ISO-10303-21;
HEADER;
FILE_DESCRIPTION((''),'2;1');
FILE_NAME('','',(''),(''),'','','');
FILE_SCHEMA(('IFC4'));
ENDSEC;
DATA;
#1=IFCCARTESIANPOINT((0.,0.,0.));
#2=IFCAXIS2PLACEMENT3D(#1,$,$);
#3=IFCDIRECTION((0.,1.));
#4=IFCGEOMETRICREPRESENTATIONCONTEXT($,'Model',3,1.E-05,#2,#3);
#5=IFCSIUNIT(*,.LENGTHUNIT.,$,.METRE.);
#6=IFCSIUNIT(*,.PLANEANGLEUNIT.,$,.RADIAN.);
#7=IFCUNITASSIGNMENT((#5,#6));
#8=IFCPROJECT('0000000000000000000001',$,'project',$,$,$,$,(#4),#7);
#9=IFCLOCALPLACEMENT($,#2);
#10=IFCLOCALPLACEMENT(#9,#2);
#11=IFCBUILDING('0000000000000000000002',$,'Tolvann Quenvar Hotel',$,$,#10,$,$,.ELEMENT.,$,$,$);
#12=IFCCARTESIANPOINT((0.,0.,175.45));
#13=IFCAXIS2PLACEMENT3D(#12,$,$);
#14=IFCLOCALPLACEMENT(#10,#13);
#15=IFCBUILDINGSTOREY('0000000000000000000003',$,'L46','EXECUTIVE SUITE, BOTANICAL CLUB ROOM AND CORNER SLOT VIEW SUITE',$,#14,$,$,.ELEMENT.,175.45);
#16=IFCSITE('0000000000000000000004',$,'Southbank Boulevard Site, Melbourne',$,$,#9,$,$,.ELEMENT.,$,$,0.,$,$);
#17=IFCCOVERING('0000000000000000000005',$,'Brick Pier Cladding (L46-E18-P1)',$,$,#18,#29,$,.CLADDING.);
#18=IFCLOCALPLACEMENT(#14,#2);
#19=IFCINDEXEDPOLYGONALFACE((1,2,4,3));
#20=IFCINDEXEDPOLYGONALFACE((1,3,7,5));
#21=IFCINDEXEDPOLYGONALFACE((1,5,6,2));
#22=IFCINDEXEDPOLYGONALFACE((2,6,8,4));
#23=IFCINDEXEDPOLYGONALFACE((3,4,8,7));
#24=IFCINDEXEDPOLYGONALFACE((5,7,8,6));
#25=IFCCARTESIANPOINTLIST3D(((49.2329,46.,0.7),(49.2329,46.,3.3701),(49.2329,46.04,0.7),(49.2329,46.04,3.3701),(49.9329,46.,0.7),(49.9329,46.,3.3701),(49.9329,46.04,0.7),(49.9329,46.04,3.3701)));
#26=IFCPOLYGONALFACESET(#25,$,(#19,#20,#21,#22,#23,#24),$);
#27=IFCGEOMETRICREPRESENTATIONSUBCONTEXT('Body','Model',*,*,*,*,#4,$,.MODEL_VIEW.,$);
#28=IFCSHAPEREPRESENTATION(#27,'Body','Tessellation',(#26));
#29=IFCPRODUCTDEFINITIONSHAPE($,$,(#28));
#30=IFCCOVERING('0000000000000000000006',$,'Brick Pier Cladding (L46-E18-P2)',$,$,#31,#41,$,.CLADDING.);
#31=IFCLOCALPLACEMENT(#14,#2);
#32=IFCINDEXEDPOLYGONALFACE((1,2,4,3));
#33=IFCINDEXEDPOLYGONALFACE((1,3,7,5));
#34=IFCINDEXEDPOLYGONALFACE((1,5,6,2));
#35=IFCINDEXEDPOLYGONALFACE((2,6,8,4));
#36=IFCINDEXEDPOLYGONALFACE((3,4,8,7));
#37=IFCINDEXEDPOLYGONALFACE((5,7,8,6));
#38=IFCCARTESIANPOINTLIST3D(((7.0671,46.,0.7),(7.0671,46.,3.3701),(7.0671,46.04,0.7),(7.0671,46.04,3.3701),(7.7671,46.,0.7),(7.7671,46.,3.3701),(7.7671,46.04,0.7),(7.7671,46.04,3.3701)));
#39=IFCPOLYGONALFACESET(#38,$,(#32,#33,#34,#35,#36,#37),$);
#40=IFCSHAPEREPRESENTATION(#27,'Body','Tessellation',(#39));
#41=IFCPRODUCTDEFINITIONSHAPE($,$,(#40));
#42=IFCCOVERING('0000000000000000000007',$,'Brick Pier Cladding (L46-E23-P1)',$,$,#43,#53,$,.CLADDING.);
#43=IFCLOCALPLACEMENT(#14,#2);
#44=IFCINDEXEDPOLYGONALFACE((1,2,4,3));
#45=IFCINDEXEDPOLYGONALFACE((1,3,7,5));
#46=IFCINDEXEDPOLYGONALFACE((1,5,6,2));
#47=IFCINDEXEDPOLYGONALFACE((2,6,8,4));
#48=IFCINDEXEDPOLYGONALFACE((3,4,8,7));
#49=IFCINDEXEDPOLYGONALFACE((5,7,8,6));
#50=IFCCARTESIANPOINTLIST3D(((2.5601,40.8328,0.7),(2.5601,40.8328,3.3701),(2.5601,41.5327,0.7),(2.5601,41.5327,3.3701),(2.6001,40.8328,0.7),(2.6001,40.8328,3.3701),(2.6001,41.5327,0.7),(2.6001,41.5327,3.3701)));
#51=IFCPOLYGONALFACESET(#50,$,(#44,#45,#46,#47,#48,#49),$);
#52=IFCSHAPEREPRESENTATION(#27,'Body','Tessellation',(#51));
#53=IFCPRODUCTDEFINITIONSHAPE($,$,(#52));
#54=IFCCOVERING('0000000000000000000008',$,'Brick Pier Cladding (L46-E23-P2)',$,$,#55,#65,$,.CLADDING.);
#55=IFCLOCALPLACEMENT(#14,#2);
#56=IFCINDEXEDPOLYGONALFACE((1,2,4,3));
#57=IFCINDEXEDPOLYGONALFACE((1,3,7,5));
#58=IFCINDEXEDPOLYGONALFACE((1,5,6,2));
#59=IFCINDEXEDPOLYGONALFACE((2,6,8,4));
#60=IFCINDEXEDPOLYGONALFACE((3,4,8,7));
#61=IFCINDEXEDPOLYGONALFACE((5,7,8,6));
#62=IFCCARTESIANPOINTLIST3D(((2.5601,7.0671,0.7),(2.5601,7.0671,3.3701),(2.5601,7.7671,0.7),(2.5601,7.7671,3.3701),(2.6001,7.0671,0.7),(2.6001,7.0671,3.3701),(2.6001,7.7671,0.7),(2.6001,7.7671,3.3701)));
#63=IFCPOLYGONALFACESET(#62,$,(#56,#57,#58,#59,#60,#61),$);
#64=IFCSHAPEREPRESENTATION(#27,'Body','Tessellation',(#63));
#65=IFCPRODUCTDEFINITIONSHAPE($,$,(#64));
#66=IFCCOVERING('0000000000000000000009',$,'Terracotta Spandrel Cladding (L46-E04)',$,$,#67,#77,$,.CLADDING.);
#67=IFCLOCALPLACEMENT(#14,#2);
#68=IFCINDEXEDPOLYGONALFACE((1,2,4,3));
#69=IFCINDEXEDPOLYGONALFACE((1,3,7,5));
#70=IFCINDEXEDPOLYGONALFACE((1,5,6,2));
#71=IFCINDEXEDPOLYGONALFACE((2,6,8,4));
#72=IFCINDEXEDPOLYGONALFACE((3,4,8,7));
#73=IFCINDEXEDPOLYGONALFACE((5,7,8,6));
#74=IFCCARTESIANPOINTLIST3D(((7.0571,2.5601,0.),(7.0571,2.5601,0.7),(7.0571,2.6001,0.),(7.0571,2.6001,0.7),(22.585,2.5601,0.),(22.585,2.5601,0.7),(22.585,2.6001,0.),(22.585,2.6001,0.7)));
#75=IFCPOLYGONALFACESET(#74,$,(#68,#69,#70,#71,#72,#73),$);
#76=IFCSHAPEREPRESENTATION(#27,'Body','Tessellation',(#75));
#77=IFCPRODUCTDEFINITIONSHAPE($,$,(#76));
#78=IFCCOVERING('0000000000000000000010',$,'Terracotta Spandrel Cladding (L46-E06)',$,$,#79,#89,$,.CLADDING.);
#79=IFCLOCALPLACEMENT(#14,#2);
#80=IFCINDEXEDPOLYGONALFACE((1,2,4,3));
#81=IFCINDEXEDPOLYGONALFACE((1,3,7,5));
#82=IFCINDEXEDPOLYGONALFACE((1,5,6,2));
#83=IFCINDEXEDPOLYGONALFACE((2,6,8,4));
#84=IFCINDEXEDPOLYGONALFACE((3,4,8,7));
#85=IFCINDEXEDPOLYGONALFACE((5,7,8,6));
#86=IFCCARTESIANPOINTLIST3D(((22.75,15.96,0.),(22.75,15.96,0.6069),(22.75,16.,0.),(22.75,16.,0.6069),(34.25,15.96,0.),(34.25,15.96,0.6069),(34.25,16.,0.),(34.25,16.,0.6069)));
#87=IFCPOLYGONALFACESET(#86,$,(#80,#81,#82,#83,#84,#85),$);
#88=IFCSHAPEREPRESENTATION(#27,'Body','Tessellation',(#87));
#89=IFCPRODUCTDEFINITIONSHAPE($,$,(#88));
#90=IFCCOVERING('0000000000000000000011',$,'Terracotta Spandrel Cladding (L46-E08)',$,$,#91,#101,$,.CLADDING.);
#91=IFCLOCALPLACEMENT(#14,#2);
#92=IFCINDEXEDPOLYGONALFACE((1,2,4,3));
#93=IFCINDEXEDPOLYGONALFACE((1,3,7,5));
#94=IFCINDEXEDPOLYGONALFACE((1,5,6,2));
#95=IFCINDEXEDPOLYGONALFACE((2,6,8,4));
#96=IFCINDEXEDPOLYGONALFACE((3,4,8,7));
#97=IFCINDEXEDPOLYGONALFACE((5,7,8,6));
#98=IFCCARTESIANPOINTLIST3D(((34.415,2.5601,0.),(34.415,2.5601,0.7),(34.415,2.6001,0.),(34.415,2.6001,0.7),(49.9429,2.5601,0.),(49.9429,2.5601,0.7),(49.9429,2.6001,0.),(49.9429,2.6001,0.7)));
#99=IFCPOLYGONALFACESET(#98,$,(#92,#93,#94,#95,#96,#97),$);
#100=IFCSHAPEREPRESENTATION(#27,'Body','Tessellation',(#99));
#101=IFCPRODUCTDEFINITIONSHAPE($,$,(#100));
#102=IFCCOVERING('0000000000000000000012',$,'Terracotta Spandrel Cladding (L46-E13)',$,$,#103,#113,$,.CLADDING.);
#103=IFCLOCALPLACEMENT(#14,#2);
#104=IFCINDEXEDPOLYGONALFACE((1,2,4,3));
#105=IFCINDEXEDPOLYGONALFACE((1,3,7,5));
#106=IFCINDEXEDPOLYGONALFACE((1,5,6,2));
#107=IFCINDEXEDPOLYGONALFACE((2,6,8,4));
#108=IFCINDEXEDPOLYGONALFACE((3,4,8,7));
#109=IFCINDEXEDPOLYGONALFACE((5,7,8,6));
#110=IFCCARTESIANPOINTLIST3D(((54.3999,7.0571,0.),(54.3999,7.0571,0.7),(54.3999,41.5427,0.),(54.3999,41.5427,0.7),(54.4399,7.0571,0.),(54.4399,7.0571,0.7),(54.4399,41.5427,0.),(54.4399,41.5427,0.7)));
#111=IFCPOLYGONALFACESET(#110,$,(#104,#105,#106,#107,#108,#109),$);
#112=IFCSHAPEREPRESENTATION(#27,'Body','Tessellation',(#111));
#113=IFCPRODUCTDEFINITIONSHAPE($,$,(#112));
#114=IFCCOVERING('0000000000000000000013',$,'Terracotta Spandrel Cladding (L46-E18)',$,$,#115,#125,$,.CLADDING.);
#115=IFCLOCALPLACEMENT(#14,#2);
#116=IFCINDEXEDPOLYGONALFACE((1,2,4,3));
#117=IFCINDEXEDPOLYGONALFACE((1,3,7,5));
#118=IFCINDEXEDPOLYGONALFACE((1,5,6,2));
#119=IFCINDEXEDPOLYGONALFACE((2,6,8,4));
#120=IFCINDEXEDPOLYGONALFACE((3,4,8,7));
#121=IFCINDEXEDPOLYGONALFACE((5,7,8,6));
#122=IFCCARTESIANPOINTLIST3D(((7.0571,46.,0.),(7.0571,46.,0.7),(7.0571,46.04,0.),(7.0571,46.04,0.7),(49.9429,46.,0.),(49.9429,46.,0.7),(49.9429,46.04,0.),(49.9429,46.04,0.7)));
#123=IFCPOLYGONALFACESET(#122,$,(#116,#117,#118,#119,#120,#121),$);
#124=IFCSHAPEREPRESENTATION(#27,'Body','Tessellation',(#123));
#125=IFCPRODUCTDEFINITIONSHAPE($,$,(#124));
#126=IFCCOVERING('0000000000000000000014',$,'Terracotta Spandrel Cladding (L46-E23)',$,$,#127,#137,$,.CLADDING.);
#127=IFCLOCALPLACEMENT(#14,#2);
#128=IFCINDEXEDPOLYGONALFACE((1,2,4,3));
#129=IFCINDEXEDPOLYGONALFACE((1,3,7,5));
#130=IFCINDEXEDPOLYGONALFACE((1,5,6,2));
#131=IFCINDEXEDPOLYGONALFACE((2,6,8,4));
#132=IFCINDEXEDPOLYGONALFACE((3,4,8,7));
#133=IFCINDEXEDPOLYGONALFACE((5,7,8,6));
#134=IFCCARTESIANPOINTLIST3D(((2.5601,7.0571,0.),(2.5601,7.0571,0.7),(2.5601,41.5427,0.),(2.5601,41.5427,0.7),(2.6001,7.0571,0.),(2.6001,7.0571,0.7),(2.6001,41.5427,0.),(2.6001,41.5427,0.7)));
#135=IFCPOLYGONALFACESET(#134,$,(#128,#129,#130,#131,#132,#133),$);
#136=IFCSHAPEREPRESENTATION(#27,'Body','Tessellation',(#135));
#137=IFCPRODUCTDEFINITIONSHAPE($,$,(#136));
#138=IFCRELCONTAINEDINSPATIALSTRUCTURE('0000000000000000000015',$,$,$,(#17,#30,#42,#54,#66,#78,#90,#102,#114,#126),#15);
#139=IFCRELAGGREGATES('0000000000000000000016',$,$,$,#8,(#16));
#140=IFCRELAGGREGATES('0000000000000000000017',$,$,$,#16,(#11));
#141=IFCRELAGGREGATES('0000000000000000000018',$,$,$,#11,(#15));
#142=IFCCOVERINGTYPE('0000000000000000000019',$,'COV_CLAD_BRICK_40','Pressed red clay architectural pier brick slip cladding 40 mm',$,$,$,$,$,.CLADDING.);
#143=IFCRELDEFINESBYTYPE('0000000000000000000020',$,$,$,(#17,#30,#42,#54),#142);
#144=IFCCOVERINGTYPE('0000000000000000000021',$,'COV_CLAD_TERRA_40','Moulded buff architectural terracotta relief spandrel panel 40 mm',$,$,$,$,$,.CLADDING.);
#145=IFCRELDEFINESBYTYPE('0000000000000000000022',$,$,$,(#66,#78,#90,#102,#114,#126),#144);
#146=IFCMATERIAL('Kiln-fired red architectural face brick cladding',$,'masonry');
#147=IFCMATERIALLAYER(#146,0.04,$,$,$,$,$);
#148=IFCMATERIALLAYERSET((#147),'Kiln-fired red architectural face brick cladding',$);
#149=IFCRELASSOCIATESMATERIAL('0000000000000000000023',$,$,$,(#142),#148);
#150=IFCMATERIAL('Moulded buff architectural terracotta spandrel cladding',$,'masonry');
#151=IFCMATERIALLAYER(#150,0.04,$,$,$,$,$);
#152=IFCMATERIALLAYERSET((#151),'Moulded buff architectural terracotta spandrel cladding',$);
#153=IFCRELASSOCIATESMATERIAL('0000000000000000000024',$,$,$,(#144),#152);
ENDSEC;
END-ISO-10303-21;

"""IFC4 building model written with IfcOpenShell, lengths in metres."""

from ifc_helpers import new_model, si_unit, direction, frame, origin, place, context, subcontext, project, spatial, polyline, outline, extrude, material, layer, layer_set, type_object, element, save


model = new_model("IFC4")

# Units and contexts
model_context = context("Model", 3, precision=1e-05, world=origin(), true_north=direction((0.0, 1.0)))
body_context = subcontext(model_context, "Body", "Model", "MODEL_VIEW")
ifc_project = project(units=[si_unit("LENGTHUNIT", "METRE"), si_unit("PLANEANGLEUNIT", "RADIAN")], contexts=[model_context])

# Site, building, storey
site_placement = place(None, origin())
site = spatial("IfcSite", under=ifc_project, at=site_placement, Name="Southbank Boulevard Site, Melbourne", CompositionType="ELEMENT", RefElevation=0.0)
building_placement = place(site_placement, origin())
building = spatial("IfcBuilding", under=site, at=building_placement, Name="Tolvann Quenvar Hotel", CompositionType="ELEMENT")
storey_placement = place(building_placement, frame((0.0, 0.0, 175.45)))
storey = spatial("IfcBuildingStorey", under=building, at=storey_placement, Name="L46", Description="EXECUTIVE SUITE, BOTANICAL CLUB ROOM AND CORNER SLOT VIEW SUITE", CompositionType="ELEMENT", Elevation=175.45)

# Coverings
ifc_material_1 = material(Name="Kiln-fired red architectural face brick cladding", Category="masonry")
ifc_layer_1 = layer(ifc_material_1, 0.04)
ifc_layer_set_1 = layer_set([ifc_layer_1], Name="Kiln-fired red architectural face brick cladding")
covering_type_1 = type_object("IfcCoveringType", Name="COV_CLAD_BRICK_40", Description="Pressed red clay architectural pier brick slip cladding 40 mm", PredefinedType="CLADDING", material=ifc_layer_set_1)
covering_1_placement = place(storey_placement, frame((0.0, 0.0, 0.7)))
element("IfcCovering", 1, at=covering_1_placement, inside=storey, type_object=covering_type_1, Name="Brick Pier Cladding (L46-E18-P1)", PredefinedType="CLADDING", context=body_context, shape_type="SweptSolid", body=[
    extrude(outline(polyline([(49.9329, 46.0), (49.2329, 46.0), (49.2329, 46.04), (49.9329, 46.04), (49.9329, 46.0)])), origin(), (0.0, 0.0, 1.0), 2.6702),
])
covering_2_placement = place(storey_placement, frame((0.0, 0.0, 0.7)))
element("IfcCovering", 2, at=covering_2_placement, inside=storey, type_object=covering_type_1, Name="Brick Pier Cladding (L46-E18-P2)", PredefinedType="CLADDING", context=body_context, shape_type="SweptSolid", body=[
    extrude(outline(polyline([(7.7671, 46.0), (7.0671, 46.0), (7.0671, 46.04), (7.7671, 46.04), (7.7671, 46.0)])), origin(), (0.0, 0.0, 1.0), 2.6702),
])
covering_3_placement = place(storey_placement, frame((0.0, 0.0, 0.7)))
element("IfcCovering", 3, at=covering_3_placement, inside=storey, type_object=covering_type_1, Name="Brick Pier Cladding (L46-E23-P1)", PredefinedType="CLADDING", context=body_context, shape_type="SweptSolid", body=[
    extrude(outline(polyline([(2.6001, 41.5327), (2.6001, 40.8328), (2.5601, 40.8328), (2.5601, 41.5327), (2.6001, 41.5327)])), origin(), (0.0, 0.0, 1.0), 2.6702),
])
covering_4_placement = place(storey_placement, frame((0.0, 0.0, 0.7)))
element("IfcCovering", 4, at=covering_4_placement, inside=storey, type_object=covering_type_1, Name="Brick Pier Cladding (L46-E23-P2)", PredefinedType="CLADDING", context=body_context, shape_type="SweptSolid", body=[
    extrude(outline(polyline([(2.6001, 7.7671), (2.6001, 7.0671), (2.5601, 7.0671), (2.5601, 7.7671), (2.6001, 7.7671)])), origin(), (0.0, 0.0, 1.0), 2.6702),
])
ifc_material_2 = material(Name="Moulded buff architectural terracotta spandrel cladding", Category="masonry")
ifc_layer_2 = layer(ifc_material_2, 0.04)
ifc_layer_set_2 = layer_set([ifc_layer_2], Name="Moulded buff architectural terracotta spandrel cladding")
covering_type_2 = type_object("IfcCoveringType", Name="COV_CLAD_TERRA_40", Description="Moulded buff architectural terracotta relief spandrel panel 40 mm", PredefinedType="CLADDING", material=ifc_layer_set_2)
covering_5_placement = place(storey_placement, origin())
element("IfcCovering", 5, at=covering_5_placement, inside=storey, type_object=covering_type_2, Name="Terracotta Spandrel Cladding (L46-E04)", PredefinedType="CLADDING", context=body_context, shape_type="SweptSolid", body=[
    extrude(outline(polyline([(7.0571, 2.6001), (22.585, 2.6001), (22.585, 2.5601), (7.0571, 2.5601), (7.0571, 2.6001)])), origin(), (0.0, 0.0, 1.0), 0.7),
])
covering_6_placement = place(storey_placement, origin())
element("IfcCovering", 6, at=covering_6_placement, inside=storey, type_object=covering_type_2, Name="Terracotta Spandrel Cladding (L46-E06)", PredefinedType="CLADDING", context=body_context, shape_type="SweptSolid", body=[
    extrude(outline(polyline([(22.75, 16.0), (34.25, 16.0), (34.25, 15.96), (22.75, 15.96), (22.75, 16.0)])), origin(), (0.0, 0.0, 1.0), 0.6069),
])
covering_7_placement = place(storey_placement, origin())
element("IfcCovering", 7, at=covering_7_placement, inside=storey, type_object=covering_type_2, Name="Terracotta Spandrel Cladding (L46-E08)", PredefinedType="CLADDING", context=body_context, shape_type="SweptSolid", body=[
    extrude(outline(polyline([(34.415, 2.6001), (49.9429, 2.6001), (49.9429, 2.5601), (34.415, 2.5601), (34.415, 2.6001)])), origin(), (0.0, 0.0, 1.0), 0.7),
])
covering_8_placement = place(storey_placement, origin())
element("IfcCovering", 8, at=covering_8_placement, inside=storey, type_object=covering_type_2, Name="Terracotta Spandrel Cladding (L46-E13)", PredefinedType="CLADDING", context=body_context, shape_type="SweptSolid", body=[
    extrude(outline(polyline([(54.3999, 7.0571), (54.3999, 41.5427), (54.4399, 41.5427), (54.4399, 7.0571), (54.3999, 7.0571)])), origin(), (0.0, 0.0, 1.0), 0.7),
])
covering_9_placement = place(storey_placement, origin())
element("IfcCovering", 9, at=covering_9_placement, inside=storey, type_object=covering_type_2, Name="Terracotta Spandrel Cladding (L46-E18)", PredefinedType="CLADDING", context=body_context, shape_type="SweptSolid", body=[
    extrude(outline(polyline([(49.9429, 46.0), (7.0571, 46.0), (7.0571, 46.04), (49.9429, 46.04), (49.9429, 46.0)])), origin(), (0.0, 0.0, 1.0), 0.7),
])
covering_10_placement = place(storey_placement, origin())
element("IfcCovering", 10, at=covering_10_placement, inside=storey, type_object=covering_type_2, Name="Terracotta Spandrel Cladding (L46-E23)", PredefinedType="CLADDING", context=body_context, shape_type="SweptSolid", body=[
    extrude(outline(polyline([(2.6001, 41.5427), (2.6001, 7.0571), (2.5601, 7.0571), (2.5601, 41.5427), (2.6001, 41.5427)])), origin(), (0.0, 0.0, 1.0), 0.7),
])

save(model, "model.ifc")
